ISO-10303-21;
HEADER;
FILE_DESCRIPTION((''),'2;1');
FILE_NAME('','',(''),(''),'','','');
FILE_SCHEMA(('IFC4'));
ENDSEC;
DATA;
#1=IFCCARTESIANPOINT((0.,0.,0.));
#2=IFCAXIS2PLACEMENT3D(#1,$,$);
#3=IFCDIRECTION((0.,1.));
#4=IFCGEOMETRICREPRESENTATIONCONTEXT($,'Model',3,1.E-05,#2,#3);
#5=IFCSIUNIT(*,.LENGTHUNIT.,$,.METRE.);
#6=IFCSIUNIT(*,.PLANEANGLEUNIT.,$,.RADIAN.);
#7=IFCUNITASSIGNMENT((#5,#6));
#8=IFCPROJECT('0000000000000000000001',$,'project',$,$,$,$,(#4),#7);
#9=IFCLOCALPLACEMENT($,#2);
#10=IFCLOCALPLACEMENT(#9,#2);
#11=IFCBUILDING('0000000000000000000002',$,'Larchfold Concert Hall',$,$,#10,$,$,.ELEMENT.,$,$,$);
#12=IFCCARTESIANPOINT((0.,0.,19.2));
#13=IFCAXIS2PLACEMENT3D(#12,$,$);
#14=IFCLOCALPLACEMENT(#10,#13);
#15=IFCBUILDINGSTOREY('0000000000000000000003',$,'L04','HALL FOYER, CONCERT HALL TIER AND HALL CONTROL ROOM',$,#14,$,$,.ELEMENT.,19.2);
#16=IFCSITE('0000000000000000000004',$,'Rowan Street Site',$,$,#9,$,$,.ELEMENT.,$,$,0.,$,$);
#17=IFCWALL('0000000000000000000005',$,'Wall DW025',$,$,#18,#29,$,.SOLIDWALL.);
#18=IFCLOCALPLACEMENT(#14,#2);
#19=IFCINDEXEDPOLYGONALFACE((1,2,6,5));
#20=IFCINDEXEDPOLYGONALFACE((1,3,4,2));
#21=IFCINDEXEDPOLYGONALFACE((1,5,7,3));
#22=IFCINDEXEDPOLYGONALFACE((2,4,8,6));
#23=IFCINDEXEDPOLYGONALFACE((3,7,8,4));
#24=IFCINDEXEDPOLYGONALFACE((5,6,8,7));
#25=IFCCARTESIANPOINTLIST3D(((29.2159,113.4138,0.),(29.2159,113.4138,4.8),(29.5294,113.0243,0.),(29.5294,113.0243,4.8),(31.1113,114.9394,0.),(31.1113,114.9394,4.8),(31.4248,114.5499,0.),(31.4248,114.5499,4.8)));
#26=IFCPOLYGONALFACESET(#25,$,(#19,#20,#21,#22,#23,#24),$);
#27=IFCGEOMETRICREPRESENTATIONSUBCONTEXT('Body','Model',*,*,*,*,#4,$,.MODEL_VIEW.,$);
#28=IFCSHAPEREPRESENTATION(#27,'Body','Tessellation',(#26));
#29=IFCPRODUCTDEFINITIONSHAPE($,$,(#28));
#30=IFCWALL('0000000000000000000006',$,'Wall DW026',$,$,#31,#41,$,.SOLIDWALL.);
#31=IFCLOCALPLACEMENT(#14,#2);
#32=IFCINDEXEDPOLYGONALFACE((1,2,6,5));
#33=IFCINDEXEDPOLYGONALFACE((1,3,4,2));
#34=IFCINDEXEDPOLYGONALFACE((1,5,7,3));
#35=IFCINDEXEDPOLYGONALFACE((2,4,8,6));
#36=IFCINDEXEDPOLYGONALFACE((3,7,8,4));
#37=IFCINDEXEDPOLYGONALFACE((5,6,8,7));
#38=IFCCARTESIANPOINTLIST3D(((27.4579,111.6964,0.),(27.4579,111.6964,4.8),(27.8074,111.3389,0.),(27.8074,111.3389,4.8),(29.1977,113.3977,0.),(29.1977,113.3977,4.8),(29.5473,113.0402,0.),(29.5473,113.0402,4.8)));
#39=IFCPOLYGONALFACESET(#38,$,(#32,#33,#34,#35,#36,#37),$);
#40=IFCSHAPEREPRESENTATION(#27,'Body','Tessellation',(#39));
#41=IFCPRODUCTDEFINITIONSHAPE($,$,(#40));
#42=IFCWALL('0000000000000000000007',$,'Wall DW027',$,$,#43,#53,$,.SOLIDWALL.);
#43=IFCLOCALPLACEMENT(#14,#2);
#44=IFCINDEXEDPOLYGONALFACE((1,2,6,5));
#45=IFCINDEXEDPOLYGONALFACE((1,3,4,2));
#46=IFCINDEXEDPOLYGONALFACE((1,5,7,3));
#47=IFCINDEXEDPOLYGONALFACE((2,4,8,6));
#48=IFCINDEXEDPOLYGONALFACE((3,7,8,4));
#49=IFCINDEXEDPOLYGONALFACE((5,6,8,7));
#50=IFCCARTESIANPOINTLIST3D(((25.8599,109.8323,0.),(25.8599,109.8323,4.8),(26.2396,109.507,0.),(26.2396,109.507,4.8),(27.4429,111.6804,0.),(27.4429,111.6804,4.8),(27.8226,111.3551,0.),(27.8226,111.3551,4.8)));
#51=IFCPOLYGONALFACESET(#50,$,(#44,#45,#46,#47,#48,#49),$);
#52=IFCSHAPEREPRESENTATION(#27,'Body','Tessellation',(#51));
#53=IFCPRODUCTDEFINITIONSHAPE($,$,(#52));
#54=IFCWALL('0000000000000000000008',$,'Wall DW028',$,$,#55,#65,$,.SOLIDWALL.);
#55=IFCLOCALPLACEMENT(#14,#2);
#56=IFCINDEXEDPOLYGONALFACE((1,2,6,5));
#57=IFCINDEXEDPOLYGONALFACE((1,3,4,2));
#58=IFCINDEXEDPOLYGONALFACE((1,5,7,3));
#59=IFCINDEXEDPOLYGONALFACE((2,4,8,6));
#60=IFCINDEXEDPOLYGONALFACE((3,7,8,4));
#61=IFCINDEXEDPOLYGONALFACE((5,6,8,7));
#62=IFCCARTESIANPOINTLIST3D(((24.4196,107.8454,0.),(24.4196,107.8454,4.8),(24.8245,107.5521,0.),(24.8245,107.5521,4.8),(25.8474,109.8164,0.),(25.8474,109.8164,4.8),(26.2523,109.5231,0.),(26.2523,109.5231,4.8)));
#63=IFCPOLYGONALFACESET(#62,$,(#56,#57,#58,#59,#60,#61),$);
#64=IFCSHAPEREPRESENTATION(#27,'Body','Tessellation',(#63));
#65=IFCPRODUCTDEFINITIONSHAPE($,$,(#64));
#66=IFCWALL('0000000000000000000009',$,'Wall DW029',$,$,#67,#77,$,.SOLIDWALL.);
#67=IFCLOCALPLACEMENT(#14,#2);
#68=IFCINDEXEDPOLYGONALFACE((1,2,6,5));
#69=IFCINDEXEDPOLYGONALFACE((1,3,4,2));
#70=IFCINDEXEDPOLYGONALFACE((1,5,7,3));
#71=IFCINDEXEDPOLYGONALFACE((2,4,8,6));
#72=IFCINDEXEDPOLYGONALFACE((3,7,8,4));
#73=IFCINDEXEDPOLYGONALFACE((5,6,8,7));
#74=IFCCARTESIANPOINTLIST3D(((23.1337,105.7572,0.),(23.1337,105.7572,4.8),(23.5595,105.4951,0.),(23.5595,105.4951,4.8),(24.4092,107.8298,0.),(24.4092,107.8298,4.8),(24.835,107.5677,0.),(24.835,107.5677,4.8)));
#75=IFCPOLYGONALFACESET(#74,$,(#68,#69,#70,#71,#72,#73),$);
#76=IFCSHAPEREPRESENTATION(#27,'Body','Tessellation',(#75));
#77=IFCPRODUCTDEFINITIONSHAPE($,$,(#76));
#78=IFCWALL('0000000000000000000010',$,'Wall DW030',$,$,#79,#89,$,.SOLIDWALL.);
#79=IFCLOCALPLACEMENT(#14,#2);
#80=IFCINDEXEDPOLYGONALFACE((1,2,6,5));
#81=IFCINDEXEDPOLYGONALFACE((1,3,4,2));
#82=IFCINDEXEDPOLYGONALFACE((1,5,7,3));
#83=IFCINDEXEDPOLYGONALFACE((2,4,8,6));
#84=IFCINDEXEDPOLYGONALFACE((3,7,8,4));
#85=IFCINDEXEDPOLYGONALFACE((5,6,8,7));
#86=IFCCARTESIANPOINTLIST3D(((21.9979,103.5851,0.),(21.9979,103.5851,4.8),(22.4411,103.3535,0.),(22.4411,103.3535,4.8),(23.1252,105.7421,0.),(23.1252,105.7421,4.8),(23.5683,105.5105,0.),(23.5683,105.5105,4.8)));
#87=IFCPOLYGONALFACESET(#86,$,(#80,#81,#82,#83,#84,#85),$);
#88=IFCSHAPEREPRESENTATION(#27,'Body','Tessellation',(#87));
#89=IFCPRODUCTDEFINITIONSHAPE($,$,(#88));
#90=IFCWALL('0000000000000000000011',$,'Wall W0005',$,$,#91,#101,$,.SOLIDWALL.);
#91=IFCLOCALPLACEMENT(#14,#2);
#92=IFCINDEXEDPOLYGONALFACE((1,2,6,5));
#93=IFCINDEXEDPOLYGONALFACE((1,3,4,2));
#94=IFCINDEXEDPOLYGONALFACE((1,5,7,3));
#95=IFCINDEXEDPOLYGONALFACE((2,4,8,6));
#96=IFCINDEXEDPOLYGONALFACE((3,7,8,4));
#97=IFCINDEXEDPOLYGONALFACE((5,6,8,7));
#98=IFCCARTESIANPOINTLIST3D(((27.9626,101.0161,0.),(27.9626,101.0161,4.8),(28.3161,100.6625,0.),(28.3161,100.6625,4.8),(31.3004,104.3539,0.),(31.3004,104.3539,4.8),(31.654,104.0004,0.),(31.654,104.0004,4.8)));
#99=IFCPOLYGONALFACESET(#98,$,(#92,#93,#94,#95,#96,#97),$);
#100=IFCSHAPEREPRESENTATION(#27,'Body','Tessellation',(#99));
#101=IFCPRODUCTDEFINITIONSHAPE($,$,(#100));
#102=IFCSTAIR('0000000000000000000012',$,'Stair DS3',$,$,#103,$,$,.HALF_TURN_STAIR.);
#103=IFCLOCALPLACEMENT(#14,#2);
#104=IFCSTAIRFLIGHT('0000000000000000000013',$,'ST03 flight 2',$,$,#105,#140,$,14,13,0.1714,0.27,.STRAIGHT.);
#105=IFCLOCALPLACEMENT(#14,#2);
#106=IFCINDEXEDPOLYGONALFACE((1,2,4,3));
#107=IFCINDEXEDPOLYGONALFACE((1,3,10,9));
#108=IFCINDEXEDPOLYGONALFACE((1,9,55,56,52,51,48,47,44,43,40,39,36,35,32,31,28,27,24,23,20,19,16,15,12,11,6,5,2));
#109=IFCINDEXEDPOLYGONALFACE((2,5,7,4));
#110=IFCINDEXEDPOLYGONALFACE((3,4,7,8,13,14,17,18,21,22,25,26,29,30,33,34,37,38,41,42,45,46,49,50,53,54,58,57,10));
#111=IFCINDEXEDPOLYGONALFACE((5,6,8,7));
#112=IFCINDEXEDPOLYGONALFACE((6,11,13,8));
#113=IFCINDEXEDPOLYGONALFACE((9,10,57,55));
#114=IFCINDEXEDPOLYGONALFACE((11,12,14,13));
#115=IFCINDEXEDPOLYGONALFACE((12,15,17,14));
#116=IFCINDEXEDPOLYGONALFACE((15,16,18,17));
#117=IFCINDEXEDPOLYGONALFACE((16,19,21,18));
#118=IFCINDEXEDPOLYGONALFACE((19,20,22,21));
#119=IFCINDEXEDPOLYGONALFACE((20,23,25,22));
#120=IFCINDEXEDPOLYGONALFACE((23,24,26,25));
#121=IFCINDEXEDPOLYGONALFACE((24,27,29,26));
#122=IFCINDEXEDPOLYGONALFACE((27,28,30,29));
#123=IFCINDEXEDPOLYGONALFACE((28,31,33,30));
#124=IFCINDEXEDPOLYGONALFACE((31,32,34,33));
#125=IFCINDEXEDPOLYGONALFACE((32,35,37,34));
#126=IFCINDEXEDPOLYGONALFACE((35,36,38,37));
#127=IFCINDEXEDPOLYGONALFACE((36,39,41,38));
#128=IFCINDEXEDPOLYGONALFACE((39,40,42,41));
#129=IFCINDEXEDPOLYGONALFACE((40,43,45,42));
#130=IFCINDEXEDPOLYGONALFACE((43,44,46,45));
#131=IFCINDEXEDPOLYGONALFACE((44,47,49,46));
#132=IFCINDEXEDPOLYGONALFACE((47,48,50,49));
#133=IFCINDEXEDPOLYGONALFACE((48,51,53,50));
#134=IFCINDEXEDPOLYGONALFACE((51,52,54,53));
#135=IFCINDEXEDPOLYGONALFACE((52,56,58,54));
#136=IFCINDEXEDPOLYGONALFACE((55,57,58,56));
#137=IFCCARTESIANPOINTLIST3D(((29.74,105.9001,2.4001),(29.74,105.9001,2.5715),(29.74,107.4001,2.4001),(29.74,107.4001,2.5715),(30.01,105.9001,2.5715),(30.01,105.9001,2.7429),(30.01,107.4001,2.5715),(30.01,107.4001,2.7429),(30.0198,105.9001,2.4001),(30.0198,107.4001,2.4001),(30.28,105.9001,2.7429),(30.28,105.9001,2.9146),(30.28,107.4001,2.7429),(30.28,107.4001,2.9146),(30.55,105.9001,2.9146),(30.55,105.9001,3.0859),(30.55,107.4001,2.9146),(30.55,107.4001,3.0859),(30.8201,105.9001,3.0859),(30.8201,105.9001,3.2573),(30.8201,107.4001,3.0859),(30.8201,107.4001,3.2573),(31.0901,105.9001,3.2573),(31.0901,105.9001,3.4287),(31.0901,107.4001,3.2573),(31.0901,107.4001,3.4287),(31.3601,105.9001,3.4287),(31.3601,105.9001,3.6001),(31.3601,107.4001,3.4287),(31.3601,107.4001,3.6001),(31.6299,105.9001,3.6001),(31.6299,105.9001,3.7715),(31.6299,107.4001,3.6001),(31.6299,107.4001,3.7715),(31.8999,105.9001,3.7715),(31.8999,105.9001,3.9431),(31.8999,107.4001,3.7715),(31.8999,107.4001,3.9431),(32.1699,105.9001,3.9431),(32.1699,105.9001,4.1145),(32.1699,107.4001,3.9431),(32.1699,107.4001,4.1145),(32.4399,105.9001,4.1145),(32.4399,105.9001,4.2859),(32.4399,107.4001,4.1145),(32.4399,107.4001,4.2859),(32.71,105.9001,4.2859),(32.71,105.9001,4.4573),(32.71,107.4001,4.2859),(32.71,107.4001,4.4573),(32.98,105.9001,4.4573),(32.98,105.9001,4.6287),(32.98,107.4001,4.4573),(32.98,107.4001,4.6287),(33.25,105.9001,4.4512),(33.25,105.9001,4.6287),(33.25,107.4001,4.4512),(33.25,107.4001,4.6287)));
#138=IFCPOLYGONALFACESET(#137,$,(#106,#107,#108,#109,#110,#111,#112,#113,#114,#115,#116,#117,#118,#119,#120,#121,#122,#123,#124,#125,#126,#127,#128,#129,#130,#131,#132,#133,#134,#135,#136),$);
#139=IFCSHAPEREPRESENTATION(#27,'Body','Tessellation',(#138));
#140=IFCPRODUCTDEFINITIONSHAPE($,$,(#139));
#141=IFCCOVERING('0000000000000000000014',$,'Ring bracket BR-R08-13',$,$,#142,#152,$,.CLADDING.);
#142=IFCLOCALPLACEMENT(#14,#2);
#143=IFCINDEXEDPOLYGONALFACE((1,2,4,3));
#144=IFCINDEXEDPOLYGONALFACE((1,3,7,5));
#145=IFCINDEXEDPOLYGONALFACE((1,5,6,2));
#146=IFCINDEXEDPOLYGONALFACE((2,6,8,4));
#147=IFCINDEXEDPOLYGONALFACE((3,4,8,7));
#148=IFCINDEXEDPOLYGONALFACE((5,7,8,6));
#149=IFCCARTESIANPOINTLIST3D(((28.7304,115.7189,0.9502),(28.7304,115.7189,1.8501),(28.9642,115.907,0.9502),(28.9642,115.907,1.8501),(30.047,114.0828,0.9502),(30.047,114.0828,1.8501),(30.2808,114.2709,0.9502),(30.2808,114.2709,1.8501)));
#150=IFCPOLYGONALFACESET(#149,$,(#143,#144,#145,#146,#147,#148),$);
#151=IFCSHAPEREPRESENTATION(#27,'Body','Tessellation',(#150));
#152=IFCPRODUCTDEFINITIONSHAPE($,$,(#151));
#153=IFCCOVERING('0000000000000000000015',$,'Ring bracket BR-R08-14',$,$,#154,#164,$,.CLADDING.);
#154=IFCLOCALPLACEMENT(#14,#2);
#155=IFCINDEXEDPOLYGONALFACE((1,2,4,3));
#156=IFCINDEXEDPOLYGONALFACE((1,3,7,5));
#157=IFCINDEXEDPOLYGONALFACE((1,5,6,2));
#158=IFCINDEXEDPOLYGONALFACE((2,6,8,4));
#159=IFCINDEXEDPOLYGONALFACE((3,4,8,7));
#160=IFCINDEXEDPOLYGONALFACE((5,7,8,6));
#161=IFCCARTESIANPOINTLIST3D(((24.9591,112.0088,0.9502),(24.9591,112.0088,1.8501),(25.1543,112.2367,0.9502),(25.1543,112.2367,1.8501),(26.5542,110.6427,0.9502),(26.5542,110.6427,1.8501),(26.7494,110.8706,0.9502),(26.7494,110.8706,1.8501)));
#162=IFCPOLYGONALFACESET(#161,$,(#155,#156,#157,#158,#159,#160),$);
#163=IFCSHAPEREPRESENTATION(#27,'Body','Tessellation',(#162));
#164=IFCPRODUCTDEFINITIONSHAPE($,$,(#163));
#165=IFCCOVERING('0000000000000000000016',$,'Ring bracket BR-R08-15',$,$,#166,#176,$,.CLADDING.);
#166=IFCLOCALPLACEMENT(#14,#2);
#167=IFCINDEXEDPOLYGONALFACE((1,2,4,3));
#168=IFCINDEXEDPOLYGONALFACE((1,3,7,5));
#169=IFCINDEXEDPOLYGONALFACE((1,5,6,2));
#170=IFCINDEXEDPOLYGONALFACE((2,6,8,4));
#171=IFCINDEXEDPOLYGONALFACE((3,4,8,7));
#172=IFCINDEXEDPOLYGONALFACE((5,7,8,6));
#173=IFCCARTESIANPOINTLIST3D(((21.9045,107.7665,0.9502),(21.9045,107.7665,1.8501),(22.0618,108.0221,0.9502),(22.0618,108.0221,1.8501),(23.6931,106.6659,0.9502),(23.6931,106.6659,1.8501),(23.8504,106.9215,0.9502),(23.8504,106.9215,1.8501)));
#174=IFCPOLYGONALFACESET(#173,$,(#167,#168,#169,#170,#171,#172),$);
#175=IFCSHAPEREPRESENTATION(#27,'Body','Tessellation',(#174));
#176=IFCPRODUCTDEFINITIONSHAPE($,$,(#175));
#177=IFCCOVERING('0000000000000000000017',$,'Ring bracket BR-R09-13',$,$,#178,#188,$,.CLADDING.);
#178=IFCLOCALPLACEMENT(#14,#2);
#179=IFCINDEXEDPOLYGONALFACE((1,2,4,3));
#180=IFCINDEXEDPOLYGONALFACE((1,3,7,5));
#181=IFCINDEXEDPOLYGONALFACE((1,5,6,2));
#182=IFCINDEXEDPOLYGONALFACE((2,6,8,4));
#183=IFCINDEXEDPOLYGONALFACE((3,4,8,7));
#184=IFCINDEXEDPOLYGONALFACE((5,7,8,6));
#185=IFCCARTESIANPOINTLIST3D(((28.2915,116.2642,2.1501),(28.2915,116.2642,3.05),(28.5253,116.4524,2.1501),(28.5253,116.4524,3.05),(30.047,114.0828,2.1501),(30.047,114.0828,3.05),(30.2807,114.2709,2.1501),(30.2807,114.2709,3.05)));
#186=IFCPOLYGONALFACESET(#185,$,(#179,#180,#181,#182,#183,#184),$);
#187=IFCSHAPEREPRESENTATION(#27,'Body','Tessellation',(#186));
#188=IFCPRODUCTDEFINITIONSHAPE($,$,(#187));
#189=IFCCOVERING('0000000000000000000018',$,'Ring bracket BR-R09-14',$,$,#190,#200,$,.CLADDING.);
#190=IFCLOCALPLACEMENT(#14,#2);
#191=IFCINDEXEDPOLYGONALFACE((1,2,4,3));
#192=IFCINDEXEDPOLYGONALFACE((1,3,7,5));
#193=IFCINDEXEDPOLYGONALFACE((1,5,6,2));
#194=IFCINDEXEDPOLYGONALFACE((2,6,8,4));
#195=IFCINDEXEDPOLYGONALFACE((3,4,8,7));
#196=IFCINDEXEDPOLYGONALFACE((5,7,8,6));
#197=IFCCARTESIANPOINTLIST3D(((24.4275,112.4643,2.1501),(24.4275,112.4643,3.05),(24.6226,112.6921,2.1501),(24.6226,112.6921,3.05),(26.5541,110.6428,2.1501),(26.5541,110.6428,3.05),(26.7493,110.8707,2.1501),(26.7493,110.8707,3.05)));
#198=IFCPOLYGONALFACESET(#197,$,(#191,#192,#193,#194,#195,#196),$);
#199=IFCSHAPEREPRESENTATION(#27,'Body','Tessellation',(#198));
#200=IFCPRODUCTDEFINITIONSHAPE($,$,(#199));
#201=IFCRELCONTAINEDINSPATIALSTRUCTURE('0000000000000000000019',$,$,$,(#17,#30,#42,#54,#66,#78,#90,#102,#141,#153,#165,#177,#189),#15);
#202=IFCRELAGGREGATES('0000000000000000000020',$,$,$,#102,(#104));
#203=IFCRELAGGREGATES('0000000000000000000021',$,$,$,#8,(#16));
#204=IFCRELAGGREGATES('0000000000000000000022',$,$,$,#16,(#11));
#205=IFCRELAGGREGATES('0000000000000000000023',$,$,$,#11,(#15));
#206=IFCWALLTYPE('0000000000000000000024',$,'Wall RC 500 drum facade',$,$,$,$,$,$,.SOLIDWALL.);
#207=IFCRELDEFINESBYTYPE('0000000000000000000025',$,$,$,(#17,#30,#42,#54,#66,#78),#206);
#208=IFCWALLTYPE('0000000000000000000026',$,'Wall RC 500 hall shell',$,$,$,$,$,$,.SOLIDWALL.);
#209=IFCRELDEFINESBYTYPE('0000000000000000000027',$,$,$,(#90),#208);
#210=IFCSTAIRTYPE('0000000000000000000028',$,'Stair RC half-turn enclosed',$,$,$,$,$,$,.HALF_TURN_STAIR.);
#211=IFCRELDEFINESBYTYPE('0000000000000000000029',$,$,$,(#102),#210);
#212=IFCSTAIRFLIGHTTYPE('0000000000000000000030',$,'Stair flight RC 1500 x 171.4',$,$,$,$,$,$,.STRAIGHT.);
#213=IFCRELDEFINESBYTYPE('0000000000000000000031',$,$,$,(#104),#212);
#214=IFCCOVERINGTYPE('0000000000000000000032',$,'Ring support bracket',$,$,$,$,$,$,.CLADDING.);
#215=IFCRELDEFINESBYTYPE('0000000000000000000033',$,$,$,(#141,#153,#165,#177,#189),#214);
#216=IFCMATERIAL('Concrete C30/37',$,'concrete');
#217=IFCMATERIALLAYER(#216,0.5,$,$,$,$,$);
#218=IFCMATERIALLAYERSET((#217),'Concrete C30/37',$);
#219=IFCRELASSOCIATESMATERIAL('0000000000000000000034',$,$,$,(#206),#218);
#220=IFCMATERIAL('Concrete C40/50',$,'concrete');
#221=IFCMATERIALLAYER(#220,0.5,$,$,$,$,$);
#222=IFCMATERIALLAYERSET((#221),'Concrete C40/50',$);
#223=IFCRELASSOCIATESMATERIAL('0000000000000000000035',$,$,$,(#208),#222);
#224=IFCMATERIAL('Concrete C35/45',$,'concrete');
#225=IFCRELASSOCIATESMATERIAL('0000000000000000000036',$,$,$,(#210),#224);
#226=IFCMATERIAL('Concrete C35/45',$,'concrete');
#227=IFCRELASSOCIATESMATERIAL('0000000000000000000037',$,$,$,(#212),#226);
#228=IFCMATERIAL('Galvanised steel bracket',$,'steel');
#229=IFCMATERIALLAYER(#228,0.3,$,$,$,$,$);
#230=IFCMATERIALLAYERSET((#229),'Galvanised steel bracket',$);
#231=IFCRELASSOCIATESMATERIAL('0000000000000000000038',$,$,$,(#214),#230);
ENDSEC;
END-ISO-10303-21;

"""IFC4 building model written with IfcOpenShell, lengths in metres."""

from ifc_helpers import new_model, si_unit, direction, frame, frame_2d, origin, origin_2d, place, context, subcontext, project, spatial, polyline, rectangle, outline, extrude, material, layer, layer_set, type_object, element, aggregate, save


model = new_model("IFC4")

# Units and contexts
model_context = context("Model", 3, precision=1e-05, world=origin(), true_north=direction((0.0, 1.0)))
body_context = subcontext(model_context, "Body", "Model", "MODEL_VIEW")
ifc_project = project(units=[si_unit("LENGTHUNIT", "METRE"), si_unit("PLANEANGLEUNIT", "RADIAN")], contexts=[model_context])

# Site, building, storey
site_placement = place(None, origin())
site = spatial("IfcSite", under=ifc_project, at=site_placement, Name="Rowan Street Site", CompositionType="ELEMENT", RefElevation=0.0)
building_placement = place(site_placement, origin())
building = spatial("IfcBuilding", under=site, at=building_placement, Name="Larchfold Concert Hall", CompositionType="ELEMENT")
storey_placement = place(building_placement, frame((0.0, 0.0, 19.2)))
storey = spatial("IfcBuildingStorey", under=building, at=storey_placement, Name="L04", Description="HALL FOYER, CONCERT HALL TIER AND HALL CONTROL ROOM", CompositionType="ELEMENT", Elevation=19.2)

# Walls
ifc_material_1 = material(Name="Concrete C30/37", Category="concrete")
ifc_layer_1 = layer(ifc_material_1, 0.5)
ifc_layer_set_1 = layer_set([ifc_layer_1], Name="Concrete C30/37")
wall_type_1 = type_object("IfcWallType", Name="Wall RC 500 drum facade", PredefinedType="SOLIDWALL", material=ifc_layer_set_1)
wall_1_placement = place(storey_placement, frame((31.2681, 114.7446, 0.0), z_axis=(0.0, 0.0, 1.0), x_axis=(-0.779015, -0.627005, 0.0)))
element("IfcWall", 1, at=wall_1_placement, inside=storey, type_object=wall_type_1, Name="Wall DW025", PredefinedType="SOLIDWALL", context=body_context, shape_type="SweptSolid", body=[
    extrude(rectangle(XDim=2.4331, YDim=0.5, at=frame_2d((1.2166, 0.0))), origin(), (0.0, 0.0, 1.0), 4.8),
])
for number, where, z_axis, x_axis, name in (
    (2, (29.3726, 113.219, 0.0), (0.0, 0.0, 1.0), (-0.714989, -0.699136, 0.0), "Wall DW026"),
    (3, (27.6328, 111.5178, 0.0), (0.0, 0.0, 1.0), (-0.650527, -0.759483, 0.0), "Wall DW027"),
):
    element("IfcWall", number, at=place(storey_placement, frame(where, z_axis=z_axis, x_axis=x_axis)), inside=storey, type_object=wall_type_1, Name=name, PredefinedType="SOLIDWALL", context=body_context, shape_type="SweptSolid", body=[
        extrude(rectangle(XDim=2.4333, YDim=0.5, at=frame_2d((1.2168, 0.0))), origin(), (0.0, 0.0, 1.0), 4.8),
    ])
wall_2_placement = place(storey_placement, frame((26.0498, 109.6697, 0.0), z_axis=(0.0, 0.0, 1.0), x_axis=(-0.586644, -0.809845, 0.0)))
element("IfcWall", 4, at=wall_2_placement, inside=storey, type_object=wall_type_1, Name="Wall DW028", PredefinedType="SOLIDWALL", context=body_context, shape_type="SweptSolid", body=[
    extrude(rectangle(XDim=2.4338, YDim=0.5, at=frame_2d((1.2168, 0.0))), origin(), (0.0, 0.0, 1.0), 4.8),
])
wall_3_placement = place(storey_placement, frame((24.6221, 107.6987, 0.0), z_axis=(0.0, 0.0, 1.0), x_axis=(-0.524097, -0.851658, 0.0)))
element("IfcWall", 5, at=wall_3_placement, inside=storey, type_object=wall_type_1, Name="Wall DW029", PredefinedType="SOLIDWALL", context=body_context, shape_type="SweptSolid", body=[
    extrude(rectangle(XDim=2.4336, YDim=0.5, at=frame_2d((1.2168, 0.0))), origin(), (0.0, 0.0, 1.0), 4.8),
])
wall_4_placement = place(storey_placement, frame((23.3467, 105.6262, 0.0), z_axis=(0.0, 0.0, 1.0), x_axis=(-0.463152, -0.886279, 0.0)))
element("IfcWall", 6, at=wall_4_placement, inside=storey, type_object=wall_type_1, Name="Wall DW030", PredefinedType="SOLIDWALL", context=body_context, shape_type="SweptSolid", body=[
    extrude(rectangle(XDim=2.4338, YDim=0.5, at=frame_2d((1.2168, 0.0))), origin(), (0.0, 0.0, 1.0), 4.8),
])
ifc_material_2 = material(Name="Concrete C40/50", Category="concrete")
ifc_layer_2 = layer(ifc_material_2, 0.5)
ifc_layer_set_2 = layer_set([ifc_layer_2], Name="Concrete C40/50")
wall_type_2 = type_object("IfcWallType", Name="Wall RC 500 hall shell", PredefinedType="SOLIDWALL", material=ifc_layer_set_2)
wall_5_placement = place(storey_placement, frame((31.4773, 104.1772, 0.0), z_axis=(0.0, 0.0, 1.0), x_axis=(-0.707107, -0.707107, 0.0)))
element("IfcWall", 7, at=wall_5_placement, inside=storey, type_object=wall_type_2, Name="Wall W0005", PredefinedType="SOLIDWALL", context=body_context, shape_type="SweptSolid", body=[
    extrude(rectangle(XDim=4.7205, YDim=0.5, at=frame_2d((2.3604, 0.0))), origin(), (0.0, 0.0, 1.0), 4.8),
])

# Stair, stair flight
ifc_material_3 = material(Name="Concrete C35/45", Category="concrete")
stair_type = type_object("IfcStairType", Name="Stair RC half-turn enclosed", PredefinedType="HALF_TURN_STAIR", material=ifc_material_3)
stair_placement = place(storey_placement, origin())
stair = element("IfcStair", 8, at=stair_placement, inside=storey, type_object=stair_type, Name="Stair DS3", PredefinedType="HALF_TURN_STAIR")
ifc_material_4 = material(Name="Concrete C35/45", Category="concrete")
stair_flight_type = type_object("IfcStairFlightType", Name="Stair flight RC 1500 x 171.4", PredefinedType="STRAIGHT", material=ifc_material_4)
stair_flight_placement = place(storey_placement, frame((29.74, 106.6501, 2.4001), z_axis=(0.0, 0.0, 1.0), x_axis=(1.0, 0.0, 0.0)))
stair_flight = element("IfcStairFlight", 9, at=stair_flight_placement, type_object=stair_flight_type, Name="ST03 flight 2", NumberOfRisers=14, NumberOfTreads=13, PredefinedType="STRAIGHT", RiserHeight=0.1714, TreadLength=0.27, context=body_context, shape_type="SweptSolid", body=[
    extrude(outline(polyline([(0.0, 0.0), (0.0, 0.1714), (0.27, 0.1714), (0.27, 0.3428), (0.54, 0.3428), (0.54, 0.5144), (0.8101, 0.5144), (0.8101, 0.6858), (1.0801, 0.6858), (1.0801, 0.8572), (1.3501, 0.8572), (1.3501, 1.0286), (1.6201, 1.0286), (1.6201, 1.2), (1.8899, 1.2), (1.8899, 1.3713), (2.1599, 1.3713), (2.1599, 1.543), (2.4299, 1.543), (2.4299, 1.7144), (2.7, 1.7144), (2.7, 1.8857), (2.97, 1.8857), (2.97, 2.0571), (3.24, 2.0571), (3.24, 2.2285), (3.51, 2.2285), (3.51, 2.3999), (3.51, 2.051), (0.2798, 0.0), (0.0, 0.0)])), frame((0.0, 0.75, 0.0), z_axis=(0.0, -1.0, 0.0), x_axis=(1.0, 0.0, 0.0)), (0.0, 0.0, 1.0), 1.5),
])
aggregate(stair, [stair_flight])

# Coverings
ifc_material_5 = material(Name="Galvanised steel bracket", Category="steel")
ifc_layer_3 = layer(ifc_material_5, 0.3)
ifc_layer_set_3 = layer_set([ifc_layer_3], Name="Galvanised steel bracket")
covering_type = type_object("IfcCoveringType", Name="Ring support bracket", PredefinedType="CLADDING", material=ifc_layer_set_3)
for number, where, z_axis, x_axis, name in (
    (10, (29.5056, 114.9949, 0.9502), (0.0, 0.0, 1.0), (-0.626933, 0.779073, 0.0), "Ring bracket BR-R08-13"),
    (11, (25.8542, 111.4397, 0.9502), (0.0, 0.0, 1.0), (-0.759502, 0.650505, 0.0), "Ring bracket BR-R08-14"),
    (12, (22.8774, 107.344, 0.9502), (0.0, 0.0, 1.0), (-0.851675, 0.52407, 0.0), "Ring bracket BR-R08-15"),
):
    element("IfcCovering", number, at=place(storey_placement, frame(where, z_axis=z_axis, x_axis=x_axis)), inside=storey, type_object=covering_type, Name=name, PredefinedType="CLADDING", context=body_context, shape_type="SweptSolid", body=[
        extrude(rectangle(XDim=2.1001, YDim=0.3, at=origin_2d()), origin(), (0.0, 0.0, 1.0), 0.8999),
    ])
for number, where, z_axis, x_axis, name in (
    (13, (29.2861, 115.2676, 2.1501), (0.0, 0.0, 1.0), (-0.626933, 0.779073, 0.0), "Ring bracket BR-R09-13"),
    (14, (25.5884, 111.6675, 2.1501), (0.0, 0.0, 1.0), (-0.759502, 0.650505, 0.0), "Ring bracket BR-R09-14"),
):
    element("IfcCovering", number, at=place(storey_placement, frame(where, z_axis=z_axis, x_axis=x_axis)), inside=storey, type_object=covering_type, Name=name, PredefinedType="CLADDING", context=body_context, shape_type="SweptSolid", body=[
        extrude(rectangle(XDim=2.8, YDim=0.3, at=origin_2d()), origin(), (0.0, 0.0, 1.0), 0.8999),
    ])

save(model, "model.ifc")
